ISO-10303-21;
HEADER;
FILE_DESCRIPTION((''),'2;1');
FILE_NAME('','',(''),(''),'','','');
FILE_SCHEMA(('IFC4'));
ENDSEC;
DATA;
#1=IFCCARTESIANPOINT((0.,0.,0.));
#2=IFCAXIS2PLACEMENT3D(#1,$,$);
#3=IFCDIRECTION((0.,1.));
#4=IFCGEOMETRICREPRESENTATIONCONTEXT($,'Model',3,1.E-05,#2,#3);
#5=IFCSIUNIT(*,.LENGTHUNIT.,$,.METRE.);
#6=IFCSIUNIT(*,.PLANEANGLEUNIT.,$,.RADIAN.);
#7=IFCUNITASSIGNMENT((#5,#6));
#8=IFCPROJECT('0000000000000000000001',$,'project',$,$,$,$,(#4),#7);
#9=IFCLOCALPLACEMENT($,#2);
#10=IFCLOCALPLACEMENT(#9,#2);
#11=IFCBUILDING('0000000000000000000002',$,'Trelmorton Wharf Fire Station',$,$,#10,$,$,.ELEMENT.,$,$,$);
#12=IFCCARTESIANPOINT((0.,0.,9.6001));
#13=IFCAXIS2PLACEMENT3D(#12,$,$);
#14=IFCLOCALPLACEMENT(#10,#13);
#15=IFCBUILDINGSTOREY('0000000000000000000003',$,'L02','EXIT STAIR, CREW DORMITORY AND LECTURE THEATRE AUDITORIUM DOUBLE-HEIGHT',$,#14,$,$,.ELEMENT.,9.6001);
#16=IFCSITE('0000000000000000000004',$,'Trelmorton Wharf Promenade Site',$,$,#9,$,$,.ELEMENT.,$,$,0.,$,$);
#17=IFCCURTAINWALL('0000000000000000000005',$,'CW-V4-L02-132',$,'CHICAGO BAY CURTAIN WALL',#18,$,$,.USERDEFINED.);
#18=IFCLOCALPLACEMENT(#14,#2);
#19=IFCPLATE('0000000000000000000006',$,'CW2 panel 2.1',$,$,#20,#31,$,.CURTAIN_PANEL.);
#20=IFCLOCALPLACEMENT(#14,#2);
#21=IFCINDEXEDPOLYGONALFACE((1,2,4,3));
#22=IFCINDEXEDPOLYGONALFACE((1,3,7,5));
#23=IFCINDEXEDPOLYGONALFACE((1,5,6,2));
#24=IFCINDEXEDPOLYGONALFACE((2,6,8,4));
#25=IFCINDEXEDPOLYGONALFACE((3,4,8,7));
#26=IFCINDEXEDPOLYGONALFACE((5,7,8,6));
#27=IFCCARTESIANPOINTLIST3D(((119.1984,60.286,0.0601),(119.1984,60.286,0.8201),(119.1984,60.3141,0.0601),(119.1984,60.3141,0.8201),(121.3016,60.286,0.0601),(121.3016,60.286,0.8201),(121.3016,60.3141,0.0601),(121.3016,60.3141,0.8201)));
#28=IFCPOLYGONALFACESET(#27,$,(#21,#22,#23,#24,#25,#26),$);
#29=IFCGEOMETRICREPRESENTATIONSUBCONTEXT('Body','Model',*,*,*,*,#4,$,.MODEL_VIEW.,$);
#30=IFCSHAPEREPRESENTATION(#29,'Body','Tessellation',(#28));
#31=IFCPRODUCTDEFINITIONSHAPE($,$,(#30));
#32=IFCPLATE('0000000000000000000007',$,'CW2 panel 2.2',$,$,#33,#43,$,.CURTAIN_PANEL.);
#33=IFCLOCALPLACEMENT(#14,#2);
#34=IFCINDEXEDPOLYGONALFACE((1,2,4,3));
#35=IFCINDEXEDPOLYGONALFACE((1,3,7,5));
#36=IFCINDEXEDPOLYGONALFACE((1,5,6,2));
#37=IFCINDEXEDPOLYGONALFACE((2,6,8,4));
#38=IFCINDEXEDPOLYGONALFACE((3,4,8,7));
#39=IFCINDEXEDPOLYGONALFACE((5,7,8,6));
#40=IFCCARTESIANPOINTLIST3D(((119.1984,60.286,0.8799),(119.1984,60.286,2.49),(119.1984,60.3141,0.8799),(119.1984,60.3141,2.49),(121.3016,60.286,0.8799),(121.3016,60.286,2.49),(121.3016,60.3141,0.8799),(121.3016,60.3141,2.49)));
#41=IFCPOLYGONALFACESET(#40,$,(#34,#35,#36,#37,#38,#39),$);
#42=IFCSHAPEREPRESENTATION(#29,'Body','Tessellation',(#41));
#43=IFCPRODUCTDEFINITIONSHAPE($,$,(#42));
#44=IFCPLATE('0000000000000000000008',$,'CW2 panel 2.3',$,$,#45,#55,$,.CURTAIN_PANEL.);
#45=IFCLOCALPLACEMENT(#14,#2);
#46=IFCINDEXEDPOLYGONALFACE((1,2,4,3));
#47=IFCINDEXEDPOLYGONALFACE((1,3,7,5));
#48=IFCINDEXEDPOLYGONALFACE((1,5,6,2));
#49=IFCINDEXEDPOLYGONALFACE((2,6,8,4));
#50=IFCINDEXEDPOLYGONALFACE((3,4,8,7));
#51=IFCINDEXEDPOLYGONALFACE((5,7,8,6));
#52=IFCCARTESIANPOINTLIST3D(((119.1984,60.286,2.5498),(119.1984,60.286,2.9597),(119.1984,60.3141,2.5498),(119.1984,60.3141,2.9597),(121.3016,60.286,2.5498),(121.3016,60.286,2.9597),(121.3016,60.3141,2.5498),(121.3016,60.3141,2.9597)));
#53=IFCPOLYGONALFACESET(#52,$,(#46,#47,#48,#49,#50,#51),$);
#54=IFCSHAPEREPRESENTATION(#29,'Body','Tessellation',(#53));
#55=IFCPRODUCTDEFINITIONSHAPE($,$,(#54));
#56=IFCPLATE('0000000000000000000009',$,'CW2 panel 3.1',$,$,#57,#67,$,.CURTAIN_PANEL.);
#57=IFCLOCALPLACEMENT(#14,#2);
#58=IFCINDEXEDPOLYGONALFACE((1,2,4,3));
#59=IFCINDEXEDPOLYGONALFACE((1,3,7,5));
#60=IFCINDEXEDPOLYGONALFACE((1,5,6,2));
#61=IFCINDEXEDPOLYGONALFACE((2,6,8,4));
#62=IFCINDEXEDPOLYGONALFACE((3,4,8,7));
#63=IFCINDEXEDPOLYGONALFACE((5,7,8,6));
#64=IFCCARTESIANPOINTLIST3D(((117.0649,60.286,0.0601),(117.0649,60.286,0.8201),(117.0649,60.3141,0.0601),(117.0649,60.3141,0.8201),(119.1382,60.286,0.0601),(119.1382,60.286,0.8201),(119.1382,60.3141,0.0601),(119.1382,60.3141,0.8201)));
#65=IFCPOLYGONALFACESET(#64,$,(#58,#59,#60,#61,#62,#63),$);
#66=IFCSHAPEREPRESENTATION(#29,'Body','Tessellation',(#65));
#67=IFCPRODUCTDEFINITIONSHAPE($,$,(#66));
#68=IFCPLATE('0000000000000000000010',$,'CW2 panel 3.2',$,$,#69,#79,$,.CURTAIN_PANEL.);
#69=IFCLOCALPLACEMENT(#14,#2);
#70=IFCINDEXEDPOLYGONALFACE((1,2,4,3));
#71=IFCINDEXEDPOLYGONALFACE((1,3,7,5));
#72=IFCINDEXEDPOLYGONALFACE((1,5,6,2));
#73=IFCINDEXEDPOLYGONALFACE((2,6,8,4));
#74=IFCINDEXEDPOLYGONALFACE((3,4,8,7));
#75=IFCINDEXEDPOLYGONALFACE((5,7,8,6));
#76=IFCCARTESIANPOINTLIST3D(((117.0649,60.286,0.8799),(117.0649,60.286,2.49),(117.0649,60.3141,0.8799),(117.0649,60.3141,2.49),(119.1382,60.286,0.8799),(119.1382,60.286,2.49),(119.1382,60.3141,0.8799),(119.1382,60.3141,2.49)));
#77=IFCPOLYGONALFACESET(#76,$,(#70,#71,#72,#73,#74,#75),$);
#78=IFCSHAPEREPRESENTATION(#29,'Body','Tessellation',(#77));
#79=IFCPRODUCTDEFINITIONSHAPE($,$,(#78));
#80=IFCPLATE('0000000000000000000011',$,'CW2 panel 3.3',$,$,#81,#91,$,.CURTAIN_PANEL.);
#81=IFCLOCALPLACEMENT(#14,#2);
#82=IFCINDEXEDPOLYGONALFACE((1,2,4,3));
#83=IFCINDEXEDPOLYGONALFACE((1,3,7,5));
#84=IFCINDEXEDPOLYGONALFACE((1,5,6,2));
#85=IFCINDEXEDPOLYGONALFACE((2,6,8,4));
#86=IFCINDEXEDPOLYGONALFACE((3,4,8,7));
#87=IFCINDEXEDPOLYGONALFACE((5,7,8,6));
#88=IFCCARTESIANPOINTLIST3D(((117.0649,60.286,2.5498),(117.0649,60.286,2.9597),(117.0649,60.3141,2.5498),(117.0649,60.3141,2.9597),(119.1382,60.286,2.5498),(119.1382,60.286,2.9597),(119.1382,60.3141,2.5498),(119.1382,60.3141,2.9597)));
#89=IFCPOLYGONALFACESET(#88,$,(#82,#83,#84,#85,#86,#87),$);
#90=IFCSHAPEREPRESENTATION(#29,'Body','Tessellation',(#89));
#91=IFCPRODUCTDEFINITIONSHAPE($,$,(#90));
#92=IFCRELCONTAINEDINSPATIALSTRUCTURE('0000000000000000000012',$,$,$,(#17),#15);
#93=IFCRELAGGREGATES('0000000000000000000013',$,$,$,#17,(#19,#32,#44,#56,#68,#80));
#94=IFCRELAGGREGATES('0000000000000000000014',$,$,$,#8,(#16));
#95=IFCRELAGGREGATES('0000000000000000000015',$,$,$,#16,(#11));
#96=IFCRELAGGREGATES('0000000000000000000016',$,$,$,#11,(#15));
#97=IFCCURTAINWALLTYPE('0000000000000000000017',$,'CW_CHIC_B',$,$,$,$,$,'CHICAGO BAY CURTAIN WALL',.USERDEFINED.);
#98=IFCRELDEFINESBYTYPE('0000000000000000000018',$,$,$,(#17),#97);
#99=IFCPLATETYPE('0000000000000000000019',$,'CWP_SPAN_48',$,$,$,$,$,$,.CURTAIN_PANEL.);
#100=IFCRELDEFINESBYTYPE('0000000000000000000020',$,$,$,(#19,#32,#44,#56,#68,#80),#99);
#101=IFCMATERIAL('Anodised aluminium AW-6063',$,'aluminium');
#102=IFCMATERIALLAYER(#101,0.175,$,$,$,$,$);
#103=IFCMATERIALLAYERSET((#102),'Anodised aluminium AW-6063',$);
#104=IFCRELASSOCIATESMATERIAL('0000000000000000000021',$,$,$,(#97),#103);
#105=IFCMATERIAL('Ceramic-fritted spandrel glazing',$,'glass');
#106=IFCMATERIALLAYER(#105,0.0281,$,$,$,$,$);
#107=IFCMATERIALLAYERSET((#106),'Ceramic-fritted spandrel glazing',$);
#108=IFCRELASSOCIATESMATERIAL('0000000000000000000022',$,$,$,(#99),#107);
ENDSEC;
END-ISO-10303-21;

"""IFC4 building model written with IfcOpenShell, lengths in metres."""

from ifc_helpers import new_model, si_unit, direction, frame, origin, origin_2d, place, context, subcontext, project, spatial, rectangle, extrude, material, layer, layer_set, type_object, element, aggregate, save


model = new_model("IFC4")

# Units and contexts
model_context = context("Model", 3, precision=1e-05, world=origin(), true_north=direction((0.0, 1.0)))
body_context = subcontext(model_context, "Body", "Model", "MODEL_VIEW")
ifc_project = project(units=[si_unit("LENGTHUNIT", "METRE"), si_unit("PLANEANGLEUNIT", "RADIAN")], contexts=[model_context])

# Site, building, storey
site_placement = place(None, origin())
site = spatial("IfcSite", under=ifc_project, at=site_placement, Name="Trelmorton Wharf Promenade Site", CompositionType="ELEMENT", RefElevation=0.0)
building_placement = place(site_placement, origin())
building = spatial("IfcBuilding", under=site, at=building_placement, Name="Trelmorton Wharf Fire Station", CompositionType="ELEMENT")
storey_placement = place(building_placement, frame((0.0, 0.0, 9.6001)))
storey = spatial("IfcBuildingStorey", under=building, at=storey_placement, Name="L02", Description="EXIT STAIR, CREW DORMITORY AND LECTURE THEATRE AUDITORIUM DOUBLE-HEIGHT", CompositionType="ELEMENT", Elevation=9.6001)

# Curtain wall
ifc_material_1 = material(Name="Anodised aluminium AW-6063", Category="aluminium")
ifc_layer_1 = layer(ifc_material_1, 0.175)
ifc_layer_set_1 = layer_set([ifc_layer_1], Name="Anodised aluminium AW-6063")
curtain_wall_type = type_object("IfcCurtainWallType", Name="CW_CHIC_B", ElementType="CHICAGO BAY CURTAIN WALL", PredefinedType="USERDEFINED", material=ifc_layer_set_1)
curtain_wall_placement = place(storey_placement, origin())
curtain_wall = element("IfcCurtainWall", 1, at=curtain_wall_placement, inside=storey, type_object=curtain_wall_type, Name="CW-V4-L02-132", ObjectType="CHICAGO BAY CURTAIN WALL", PredefinedType="USERDEFINED")

# Plates
ifc_material_2 = material(Name="Ceramic-fritted spandrel glazing", Category="glass")
ifc_layer_2 = layer(ifc_material_2, 0.0281)
ifc_layer_set_2 = layer_set([ifc_layer_2], Name="Ceramic-fritted spandrel glazing")
plate_type = type_object("IfcPlateType", Name="CWP_SPAN_48", PredefinedType="CURTAIN_PANEL", material=ifc_layer_set_2)
plate_1_placement = place(storey_placement, frame((120.25, 60.3, 0.0601), z_axis=(0.0, 0.0, 1.0), x_axis=(-1.0, 0.0, 0.0)))
plate_1 = element("IfcPlate", 2, at=plate_1_placement, type_object=plate_type, Name="CW2 panel 2.1", PredefinedType="CURTAIN_PANEL", context=body_context, shape_type="SweptSolid", body=[
    extrude(rectangle(XDim=2.1033, YDim=0.0281, at=origin_2d()), origin(), (0.0, 0.0, 1.0), 0.76),
])
plate_2_placement = place(storey_placement, frame((120.25, 60.3, 0.8799), z_axis=(0.0, 0.0, 1.0), x_axis=(-1.0, 0.0, 0.0)))
plate_2 = element("IfcPlate", 3, at=plate_2_placement, type_object=plate_type, Name="CW2 panel 2.2", PredefinedType="CURTAIN_PANEL", context=body_context, shape_type="SweptSolid", body=[
    extrude(rectangle(XDim=2.1033, YDim=0.0281, at=origin_2d()), origin(), (0.0, 0.0, 1.0), 1.6101),
])
plate_3_placement = place(storey_placement, frame((120.25, 60.3, 2.5498), z_axis=(0.0, 0.0, 1.0), x_axis=(-1.0, 0.0, 0.0)))
plate_3 = element("IfcPlate", 4, at=plate_3_placement, type_object=plate_type, Name="CW2 panel 2.3", PredefinedType="CURTAIN_PANEL", context=body_context, shape_type="SweptSolid", body=[
    extrude(rectangle(XDim=2.1033, YDim=0.0281, at=origin_2d()), origin(), (0.0, 0.0, 1.0), 0.4099),
])
plate_4_placement = place(storey_placement, frame((118.1016, 60.3, 0.0601), z_axis=(0.0, 0.0, 1.0), x_axis=(-1.0, 0.0, 0.0)))
plate_4 = element("IfcPlate", 5, at=plate_4_placement, type_object=plate_type, Name="CW2 panel 3.1", PredefinedType="CURTAIN_PANEL", context=body_context, shape_type="SweptSolid", body=[
    extrude(rectangle(XDim=2.0732, YDim=0.0281, at=origin_2d()), origin(), (0.0, 0.0, 1.0), 0.76),
])
plate_5_placement = place(storey_placement, frame((118.1016, 60.3, 0.8799), z_axis=(0.0, 0.0, 1.0), x_axis=(-1.0, 0.0, 0.0)))
plate_5 = element("IfcPlate", 6, at=plate_5_placement, type_object=plate_type, Name="CW2 panel 3.2", PredefinedType="CURTAIN_PANEL", context=body_context, shape_type="SweptSolid", body=[
    extrude(rectangle(XDim=2.0732, YDim=0.0281, at=origin_2d()), origin(), (0.0, 0.0, 1.0), 1.6101),
])
plate_6_placement = place(storey_placement, frame((118.1016, 60.3, 2.5498), z_axis=(0.0, 0.0, 1.0), x_axis=(-1.0, 0.0, 0.0)))
plate_6 = element("IfcPlate", 7, at=plate_6_placement, type_object=plate_type, Name="CW2 panel 3.3", PredefinedType="CURTAIN_PANEL", context=body_context, shape_type="SweptSolid", body=[
    extrude(rectangle(XDim=2.0732, YDim=0.0281, at=origin_2d()), origin(), (0.0, 0.0, 1.0), 0.4099),
])
aggregate(curtain_wall, [plate_1, plate_2, plate_3, plate_4, plate_5, plate_6])

save(model, "model.ifc")
